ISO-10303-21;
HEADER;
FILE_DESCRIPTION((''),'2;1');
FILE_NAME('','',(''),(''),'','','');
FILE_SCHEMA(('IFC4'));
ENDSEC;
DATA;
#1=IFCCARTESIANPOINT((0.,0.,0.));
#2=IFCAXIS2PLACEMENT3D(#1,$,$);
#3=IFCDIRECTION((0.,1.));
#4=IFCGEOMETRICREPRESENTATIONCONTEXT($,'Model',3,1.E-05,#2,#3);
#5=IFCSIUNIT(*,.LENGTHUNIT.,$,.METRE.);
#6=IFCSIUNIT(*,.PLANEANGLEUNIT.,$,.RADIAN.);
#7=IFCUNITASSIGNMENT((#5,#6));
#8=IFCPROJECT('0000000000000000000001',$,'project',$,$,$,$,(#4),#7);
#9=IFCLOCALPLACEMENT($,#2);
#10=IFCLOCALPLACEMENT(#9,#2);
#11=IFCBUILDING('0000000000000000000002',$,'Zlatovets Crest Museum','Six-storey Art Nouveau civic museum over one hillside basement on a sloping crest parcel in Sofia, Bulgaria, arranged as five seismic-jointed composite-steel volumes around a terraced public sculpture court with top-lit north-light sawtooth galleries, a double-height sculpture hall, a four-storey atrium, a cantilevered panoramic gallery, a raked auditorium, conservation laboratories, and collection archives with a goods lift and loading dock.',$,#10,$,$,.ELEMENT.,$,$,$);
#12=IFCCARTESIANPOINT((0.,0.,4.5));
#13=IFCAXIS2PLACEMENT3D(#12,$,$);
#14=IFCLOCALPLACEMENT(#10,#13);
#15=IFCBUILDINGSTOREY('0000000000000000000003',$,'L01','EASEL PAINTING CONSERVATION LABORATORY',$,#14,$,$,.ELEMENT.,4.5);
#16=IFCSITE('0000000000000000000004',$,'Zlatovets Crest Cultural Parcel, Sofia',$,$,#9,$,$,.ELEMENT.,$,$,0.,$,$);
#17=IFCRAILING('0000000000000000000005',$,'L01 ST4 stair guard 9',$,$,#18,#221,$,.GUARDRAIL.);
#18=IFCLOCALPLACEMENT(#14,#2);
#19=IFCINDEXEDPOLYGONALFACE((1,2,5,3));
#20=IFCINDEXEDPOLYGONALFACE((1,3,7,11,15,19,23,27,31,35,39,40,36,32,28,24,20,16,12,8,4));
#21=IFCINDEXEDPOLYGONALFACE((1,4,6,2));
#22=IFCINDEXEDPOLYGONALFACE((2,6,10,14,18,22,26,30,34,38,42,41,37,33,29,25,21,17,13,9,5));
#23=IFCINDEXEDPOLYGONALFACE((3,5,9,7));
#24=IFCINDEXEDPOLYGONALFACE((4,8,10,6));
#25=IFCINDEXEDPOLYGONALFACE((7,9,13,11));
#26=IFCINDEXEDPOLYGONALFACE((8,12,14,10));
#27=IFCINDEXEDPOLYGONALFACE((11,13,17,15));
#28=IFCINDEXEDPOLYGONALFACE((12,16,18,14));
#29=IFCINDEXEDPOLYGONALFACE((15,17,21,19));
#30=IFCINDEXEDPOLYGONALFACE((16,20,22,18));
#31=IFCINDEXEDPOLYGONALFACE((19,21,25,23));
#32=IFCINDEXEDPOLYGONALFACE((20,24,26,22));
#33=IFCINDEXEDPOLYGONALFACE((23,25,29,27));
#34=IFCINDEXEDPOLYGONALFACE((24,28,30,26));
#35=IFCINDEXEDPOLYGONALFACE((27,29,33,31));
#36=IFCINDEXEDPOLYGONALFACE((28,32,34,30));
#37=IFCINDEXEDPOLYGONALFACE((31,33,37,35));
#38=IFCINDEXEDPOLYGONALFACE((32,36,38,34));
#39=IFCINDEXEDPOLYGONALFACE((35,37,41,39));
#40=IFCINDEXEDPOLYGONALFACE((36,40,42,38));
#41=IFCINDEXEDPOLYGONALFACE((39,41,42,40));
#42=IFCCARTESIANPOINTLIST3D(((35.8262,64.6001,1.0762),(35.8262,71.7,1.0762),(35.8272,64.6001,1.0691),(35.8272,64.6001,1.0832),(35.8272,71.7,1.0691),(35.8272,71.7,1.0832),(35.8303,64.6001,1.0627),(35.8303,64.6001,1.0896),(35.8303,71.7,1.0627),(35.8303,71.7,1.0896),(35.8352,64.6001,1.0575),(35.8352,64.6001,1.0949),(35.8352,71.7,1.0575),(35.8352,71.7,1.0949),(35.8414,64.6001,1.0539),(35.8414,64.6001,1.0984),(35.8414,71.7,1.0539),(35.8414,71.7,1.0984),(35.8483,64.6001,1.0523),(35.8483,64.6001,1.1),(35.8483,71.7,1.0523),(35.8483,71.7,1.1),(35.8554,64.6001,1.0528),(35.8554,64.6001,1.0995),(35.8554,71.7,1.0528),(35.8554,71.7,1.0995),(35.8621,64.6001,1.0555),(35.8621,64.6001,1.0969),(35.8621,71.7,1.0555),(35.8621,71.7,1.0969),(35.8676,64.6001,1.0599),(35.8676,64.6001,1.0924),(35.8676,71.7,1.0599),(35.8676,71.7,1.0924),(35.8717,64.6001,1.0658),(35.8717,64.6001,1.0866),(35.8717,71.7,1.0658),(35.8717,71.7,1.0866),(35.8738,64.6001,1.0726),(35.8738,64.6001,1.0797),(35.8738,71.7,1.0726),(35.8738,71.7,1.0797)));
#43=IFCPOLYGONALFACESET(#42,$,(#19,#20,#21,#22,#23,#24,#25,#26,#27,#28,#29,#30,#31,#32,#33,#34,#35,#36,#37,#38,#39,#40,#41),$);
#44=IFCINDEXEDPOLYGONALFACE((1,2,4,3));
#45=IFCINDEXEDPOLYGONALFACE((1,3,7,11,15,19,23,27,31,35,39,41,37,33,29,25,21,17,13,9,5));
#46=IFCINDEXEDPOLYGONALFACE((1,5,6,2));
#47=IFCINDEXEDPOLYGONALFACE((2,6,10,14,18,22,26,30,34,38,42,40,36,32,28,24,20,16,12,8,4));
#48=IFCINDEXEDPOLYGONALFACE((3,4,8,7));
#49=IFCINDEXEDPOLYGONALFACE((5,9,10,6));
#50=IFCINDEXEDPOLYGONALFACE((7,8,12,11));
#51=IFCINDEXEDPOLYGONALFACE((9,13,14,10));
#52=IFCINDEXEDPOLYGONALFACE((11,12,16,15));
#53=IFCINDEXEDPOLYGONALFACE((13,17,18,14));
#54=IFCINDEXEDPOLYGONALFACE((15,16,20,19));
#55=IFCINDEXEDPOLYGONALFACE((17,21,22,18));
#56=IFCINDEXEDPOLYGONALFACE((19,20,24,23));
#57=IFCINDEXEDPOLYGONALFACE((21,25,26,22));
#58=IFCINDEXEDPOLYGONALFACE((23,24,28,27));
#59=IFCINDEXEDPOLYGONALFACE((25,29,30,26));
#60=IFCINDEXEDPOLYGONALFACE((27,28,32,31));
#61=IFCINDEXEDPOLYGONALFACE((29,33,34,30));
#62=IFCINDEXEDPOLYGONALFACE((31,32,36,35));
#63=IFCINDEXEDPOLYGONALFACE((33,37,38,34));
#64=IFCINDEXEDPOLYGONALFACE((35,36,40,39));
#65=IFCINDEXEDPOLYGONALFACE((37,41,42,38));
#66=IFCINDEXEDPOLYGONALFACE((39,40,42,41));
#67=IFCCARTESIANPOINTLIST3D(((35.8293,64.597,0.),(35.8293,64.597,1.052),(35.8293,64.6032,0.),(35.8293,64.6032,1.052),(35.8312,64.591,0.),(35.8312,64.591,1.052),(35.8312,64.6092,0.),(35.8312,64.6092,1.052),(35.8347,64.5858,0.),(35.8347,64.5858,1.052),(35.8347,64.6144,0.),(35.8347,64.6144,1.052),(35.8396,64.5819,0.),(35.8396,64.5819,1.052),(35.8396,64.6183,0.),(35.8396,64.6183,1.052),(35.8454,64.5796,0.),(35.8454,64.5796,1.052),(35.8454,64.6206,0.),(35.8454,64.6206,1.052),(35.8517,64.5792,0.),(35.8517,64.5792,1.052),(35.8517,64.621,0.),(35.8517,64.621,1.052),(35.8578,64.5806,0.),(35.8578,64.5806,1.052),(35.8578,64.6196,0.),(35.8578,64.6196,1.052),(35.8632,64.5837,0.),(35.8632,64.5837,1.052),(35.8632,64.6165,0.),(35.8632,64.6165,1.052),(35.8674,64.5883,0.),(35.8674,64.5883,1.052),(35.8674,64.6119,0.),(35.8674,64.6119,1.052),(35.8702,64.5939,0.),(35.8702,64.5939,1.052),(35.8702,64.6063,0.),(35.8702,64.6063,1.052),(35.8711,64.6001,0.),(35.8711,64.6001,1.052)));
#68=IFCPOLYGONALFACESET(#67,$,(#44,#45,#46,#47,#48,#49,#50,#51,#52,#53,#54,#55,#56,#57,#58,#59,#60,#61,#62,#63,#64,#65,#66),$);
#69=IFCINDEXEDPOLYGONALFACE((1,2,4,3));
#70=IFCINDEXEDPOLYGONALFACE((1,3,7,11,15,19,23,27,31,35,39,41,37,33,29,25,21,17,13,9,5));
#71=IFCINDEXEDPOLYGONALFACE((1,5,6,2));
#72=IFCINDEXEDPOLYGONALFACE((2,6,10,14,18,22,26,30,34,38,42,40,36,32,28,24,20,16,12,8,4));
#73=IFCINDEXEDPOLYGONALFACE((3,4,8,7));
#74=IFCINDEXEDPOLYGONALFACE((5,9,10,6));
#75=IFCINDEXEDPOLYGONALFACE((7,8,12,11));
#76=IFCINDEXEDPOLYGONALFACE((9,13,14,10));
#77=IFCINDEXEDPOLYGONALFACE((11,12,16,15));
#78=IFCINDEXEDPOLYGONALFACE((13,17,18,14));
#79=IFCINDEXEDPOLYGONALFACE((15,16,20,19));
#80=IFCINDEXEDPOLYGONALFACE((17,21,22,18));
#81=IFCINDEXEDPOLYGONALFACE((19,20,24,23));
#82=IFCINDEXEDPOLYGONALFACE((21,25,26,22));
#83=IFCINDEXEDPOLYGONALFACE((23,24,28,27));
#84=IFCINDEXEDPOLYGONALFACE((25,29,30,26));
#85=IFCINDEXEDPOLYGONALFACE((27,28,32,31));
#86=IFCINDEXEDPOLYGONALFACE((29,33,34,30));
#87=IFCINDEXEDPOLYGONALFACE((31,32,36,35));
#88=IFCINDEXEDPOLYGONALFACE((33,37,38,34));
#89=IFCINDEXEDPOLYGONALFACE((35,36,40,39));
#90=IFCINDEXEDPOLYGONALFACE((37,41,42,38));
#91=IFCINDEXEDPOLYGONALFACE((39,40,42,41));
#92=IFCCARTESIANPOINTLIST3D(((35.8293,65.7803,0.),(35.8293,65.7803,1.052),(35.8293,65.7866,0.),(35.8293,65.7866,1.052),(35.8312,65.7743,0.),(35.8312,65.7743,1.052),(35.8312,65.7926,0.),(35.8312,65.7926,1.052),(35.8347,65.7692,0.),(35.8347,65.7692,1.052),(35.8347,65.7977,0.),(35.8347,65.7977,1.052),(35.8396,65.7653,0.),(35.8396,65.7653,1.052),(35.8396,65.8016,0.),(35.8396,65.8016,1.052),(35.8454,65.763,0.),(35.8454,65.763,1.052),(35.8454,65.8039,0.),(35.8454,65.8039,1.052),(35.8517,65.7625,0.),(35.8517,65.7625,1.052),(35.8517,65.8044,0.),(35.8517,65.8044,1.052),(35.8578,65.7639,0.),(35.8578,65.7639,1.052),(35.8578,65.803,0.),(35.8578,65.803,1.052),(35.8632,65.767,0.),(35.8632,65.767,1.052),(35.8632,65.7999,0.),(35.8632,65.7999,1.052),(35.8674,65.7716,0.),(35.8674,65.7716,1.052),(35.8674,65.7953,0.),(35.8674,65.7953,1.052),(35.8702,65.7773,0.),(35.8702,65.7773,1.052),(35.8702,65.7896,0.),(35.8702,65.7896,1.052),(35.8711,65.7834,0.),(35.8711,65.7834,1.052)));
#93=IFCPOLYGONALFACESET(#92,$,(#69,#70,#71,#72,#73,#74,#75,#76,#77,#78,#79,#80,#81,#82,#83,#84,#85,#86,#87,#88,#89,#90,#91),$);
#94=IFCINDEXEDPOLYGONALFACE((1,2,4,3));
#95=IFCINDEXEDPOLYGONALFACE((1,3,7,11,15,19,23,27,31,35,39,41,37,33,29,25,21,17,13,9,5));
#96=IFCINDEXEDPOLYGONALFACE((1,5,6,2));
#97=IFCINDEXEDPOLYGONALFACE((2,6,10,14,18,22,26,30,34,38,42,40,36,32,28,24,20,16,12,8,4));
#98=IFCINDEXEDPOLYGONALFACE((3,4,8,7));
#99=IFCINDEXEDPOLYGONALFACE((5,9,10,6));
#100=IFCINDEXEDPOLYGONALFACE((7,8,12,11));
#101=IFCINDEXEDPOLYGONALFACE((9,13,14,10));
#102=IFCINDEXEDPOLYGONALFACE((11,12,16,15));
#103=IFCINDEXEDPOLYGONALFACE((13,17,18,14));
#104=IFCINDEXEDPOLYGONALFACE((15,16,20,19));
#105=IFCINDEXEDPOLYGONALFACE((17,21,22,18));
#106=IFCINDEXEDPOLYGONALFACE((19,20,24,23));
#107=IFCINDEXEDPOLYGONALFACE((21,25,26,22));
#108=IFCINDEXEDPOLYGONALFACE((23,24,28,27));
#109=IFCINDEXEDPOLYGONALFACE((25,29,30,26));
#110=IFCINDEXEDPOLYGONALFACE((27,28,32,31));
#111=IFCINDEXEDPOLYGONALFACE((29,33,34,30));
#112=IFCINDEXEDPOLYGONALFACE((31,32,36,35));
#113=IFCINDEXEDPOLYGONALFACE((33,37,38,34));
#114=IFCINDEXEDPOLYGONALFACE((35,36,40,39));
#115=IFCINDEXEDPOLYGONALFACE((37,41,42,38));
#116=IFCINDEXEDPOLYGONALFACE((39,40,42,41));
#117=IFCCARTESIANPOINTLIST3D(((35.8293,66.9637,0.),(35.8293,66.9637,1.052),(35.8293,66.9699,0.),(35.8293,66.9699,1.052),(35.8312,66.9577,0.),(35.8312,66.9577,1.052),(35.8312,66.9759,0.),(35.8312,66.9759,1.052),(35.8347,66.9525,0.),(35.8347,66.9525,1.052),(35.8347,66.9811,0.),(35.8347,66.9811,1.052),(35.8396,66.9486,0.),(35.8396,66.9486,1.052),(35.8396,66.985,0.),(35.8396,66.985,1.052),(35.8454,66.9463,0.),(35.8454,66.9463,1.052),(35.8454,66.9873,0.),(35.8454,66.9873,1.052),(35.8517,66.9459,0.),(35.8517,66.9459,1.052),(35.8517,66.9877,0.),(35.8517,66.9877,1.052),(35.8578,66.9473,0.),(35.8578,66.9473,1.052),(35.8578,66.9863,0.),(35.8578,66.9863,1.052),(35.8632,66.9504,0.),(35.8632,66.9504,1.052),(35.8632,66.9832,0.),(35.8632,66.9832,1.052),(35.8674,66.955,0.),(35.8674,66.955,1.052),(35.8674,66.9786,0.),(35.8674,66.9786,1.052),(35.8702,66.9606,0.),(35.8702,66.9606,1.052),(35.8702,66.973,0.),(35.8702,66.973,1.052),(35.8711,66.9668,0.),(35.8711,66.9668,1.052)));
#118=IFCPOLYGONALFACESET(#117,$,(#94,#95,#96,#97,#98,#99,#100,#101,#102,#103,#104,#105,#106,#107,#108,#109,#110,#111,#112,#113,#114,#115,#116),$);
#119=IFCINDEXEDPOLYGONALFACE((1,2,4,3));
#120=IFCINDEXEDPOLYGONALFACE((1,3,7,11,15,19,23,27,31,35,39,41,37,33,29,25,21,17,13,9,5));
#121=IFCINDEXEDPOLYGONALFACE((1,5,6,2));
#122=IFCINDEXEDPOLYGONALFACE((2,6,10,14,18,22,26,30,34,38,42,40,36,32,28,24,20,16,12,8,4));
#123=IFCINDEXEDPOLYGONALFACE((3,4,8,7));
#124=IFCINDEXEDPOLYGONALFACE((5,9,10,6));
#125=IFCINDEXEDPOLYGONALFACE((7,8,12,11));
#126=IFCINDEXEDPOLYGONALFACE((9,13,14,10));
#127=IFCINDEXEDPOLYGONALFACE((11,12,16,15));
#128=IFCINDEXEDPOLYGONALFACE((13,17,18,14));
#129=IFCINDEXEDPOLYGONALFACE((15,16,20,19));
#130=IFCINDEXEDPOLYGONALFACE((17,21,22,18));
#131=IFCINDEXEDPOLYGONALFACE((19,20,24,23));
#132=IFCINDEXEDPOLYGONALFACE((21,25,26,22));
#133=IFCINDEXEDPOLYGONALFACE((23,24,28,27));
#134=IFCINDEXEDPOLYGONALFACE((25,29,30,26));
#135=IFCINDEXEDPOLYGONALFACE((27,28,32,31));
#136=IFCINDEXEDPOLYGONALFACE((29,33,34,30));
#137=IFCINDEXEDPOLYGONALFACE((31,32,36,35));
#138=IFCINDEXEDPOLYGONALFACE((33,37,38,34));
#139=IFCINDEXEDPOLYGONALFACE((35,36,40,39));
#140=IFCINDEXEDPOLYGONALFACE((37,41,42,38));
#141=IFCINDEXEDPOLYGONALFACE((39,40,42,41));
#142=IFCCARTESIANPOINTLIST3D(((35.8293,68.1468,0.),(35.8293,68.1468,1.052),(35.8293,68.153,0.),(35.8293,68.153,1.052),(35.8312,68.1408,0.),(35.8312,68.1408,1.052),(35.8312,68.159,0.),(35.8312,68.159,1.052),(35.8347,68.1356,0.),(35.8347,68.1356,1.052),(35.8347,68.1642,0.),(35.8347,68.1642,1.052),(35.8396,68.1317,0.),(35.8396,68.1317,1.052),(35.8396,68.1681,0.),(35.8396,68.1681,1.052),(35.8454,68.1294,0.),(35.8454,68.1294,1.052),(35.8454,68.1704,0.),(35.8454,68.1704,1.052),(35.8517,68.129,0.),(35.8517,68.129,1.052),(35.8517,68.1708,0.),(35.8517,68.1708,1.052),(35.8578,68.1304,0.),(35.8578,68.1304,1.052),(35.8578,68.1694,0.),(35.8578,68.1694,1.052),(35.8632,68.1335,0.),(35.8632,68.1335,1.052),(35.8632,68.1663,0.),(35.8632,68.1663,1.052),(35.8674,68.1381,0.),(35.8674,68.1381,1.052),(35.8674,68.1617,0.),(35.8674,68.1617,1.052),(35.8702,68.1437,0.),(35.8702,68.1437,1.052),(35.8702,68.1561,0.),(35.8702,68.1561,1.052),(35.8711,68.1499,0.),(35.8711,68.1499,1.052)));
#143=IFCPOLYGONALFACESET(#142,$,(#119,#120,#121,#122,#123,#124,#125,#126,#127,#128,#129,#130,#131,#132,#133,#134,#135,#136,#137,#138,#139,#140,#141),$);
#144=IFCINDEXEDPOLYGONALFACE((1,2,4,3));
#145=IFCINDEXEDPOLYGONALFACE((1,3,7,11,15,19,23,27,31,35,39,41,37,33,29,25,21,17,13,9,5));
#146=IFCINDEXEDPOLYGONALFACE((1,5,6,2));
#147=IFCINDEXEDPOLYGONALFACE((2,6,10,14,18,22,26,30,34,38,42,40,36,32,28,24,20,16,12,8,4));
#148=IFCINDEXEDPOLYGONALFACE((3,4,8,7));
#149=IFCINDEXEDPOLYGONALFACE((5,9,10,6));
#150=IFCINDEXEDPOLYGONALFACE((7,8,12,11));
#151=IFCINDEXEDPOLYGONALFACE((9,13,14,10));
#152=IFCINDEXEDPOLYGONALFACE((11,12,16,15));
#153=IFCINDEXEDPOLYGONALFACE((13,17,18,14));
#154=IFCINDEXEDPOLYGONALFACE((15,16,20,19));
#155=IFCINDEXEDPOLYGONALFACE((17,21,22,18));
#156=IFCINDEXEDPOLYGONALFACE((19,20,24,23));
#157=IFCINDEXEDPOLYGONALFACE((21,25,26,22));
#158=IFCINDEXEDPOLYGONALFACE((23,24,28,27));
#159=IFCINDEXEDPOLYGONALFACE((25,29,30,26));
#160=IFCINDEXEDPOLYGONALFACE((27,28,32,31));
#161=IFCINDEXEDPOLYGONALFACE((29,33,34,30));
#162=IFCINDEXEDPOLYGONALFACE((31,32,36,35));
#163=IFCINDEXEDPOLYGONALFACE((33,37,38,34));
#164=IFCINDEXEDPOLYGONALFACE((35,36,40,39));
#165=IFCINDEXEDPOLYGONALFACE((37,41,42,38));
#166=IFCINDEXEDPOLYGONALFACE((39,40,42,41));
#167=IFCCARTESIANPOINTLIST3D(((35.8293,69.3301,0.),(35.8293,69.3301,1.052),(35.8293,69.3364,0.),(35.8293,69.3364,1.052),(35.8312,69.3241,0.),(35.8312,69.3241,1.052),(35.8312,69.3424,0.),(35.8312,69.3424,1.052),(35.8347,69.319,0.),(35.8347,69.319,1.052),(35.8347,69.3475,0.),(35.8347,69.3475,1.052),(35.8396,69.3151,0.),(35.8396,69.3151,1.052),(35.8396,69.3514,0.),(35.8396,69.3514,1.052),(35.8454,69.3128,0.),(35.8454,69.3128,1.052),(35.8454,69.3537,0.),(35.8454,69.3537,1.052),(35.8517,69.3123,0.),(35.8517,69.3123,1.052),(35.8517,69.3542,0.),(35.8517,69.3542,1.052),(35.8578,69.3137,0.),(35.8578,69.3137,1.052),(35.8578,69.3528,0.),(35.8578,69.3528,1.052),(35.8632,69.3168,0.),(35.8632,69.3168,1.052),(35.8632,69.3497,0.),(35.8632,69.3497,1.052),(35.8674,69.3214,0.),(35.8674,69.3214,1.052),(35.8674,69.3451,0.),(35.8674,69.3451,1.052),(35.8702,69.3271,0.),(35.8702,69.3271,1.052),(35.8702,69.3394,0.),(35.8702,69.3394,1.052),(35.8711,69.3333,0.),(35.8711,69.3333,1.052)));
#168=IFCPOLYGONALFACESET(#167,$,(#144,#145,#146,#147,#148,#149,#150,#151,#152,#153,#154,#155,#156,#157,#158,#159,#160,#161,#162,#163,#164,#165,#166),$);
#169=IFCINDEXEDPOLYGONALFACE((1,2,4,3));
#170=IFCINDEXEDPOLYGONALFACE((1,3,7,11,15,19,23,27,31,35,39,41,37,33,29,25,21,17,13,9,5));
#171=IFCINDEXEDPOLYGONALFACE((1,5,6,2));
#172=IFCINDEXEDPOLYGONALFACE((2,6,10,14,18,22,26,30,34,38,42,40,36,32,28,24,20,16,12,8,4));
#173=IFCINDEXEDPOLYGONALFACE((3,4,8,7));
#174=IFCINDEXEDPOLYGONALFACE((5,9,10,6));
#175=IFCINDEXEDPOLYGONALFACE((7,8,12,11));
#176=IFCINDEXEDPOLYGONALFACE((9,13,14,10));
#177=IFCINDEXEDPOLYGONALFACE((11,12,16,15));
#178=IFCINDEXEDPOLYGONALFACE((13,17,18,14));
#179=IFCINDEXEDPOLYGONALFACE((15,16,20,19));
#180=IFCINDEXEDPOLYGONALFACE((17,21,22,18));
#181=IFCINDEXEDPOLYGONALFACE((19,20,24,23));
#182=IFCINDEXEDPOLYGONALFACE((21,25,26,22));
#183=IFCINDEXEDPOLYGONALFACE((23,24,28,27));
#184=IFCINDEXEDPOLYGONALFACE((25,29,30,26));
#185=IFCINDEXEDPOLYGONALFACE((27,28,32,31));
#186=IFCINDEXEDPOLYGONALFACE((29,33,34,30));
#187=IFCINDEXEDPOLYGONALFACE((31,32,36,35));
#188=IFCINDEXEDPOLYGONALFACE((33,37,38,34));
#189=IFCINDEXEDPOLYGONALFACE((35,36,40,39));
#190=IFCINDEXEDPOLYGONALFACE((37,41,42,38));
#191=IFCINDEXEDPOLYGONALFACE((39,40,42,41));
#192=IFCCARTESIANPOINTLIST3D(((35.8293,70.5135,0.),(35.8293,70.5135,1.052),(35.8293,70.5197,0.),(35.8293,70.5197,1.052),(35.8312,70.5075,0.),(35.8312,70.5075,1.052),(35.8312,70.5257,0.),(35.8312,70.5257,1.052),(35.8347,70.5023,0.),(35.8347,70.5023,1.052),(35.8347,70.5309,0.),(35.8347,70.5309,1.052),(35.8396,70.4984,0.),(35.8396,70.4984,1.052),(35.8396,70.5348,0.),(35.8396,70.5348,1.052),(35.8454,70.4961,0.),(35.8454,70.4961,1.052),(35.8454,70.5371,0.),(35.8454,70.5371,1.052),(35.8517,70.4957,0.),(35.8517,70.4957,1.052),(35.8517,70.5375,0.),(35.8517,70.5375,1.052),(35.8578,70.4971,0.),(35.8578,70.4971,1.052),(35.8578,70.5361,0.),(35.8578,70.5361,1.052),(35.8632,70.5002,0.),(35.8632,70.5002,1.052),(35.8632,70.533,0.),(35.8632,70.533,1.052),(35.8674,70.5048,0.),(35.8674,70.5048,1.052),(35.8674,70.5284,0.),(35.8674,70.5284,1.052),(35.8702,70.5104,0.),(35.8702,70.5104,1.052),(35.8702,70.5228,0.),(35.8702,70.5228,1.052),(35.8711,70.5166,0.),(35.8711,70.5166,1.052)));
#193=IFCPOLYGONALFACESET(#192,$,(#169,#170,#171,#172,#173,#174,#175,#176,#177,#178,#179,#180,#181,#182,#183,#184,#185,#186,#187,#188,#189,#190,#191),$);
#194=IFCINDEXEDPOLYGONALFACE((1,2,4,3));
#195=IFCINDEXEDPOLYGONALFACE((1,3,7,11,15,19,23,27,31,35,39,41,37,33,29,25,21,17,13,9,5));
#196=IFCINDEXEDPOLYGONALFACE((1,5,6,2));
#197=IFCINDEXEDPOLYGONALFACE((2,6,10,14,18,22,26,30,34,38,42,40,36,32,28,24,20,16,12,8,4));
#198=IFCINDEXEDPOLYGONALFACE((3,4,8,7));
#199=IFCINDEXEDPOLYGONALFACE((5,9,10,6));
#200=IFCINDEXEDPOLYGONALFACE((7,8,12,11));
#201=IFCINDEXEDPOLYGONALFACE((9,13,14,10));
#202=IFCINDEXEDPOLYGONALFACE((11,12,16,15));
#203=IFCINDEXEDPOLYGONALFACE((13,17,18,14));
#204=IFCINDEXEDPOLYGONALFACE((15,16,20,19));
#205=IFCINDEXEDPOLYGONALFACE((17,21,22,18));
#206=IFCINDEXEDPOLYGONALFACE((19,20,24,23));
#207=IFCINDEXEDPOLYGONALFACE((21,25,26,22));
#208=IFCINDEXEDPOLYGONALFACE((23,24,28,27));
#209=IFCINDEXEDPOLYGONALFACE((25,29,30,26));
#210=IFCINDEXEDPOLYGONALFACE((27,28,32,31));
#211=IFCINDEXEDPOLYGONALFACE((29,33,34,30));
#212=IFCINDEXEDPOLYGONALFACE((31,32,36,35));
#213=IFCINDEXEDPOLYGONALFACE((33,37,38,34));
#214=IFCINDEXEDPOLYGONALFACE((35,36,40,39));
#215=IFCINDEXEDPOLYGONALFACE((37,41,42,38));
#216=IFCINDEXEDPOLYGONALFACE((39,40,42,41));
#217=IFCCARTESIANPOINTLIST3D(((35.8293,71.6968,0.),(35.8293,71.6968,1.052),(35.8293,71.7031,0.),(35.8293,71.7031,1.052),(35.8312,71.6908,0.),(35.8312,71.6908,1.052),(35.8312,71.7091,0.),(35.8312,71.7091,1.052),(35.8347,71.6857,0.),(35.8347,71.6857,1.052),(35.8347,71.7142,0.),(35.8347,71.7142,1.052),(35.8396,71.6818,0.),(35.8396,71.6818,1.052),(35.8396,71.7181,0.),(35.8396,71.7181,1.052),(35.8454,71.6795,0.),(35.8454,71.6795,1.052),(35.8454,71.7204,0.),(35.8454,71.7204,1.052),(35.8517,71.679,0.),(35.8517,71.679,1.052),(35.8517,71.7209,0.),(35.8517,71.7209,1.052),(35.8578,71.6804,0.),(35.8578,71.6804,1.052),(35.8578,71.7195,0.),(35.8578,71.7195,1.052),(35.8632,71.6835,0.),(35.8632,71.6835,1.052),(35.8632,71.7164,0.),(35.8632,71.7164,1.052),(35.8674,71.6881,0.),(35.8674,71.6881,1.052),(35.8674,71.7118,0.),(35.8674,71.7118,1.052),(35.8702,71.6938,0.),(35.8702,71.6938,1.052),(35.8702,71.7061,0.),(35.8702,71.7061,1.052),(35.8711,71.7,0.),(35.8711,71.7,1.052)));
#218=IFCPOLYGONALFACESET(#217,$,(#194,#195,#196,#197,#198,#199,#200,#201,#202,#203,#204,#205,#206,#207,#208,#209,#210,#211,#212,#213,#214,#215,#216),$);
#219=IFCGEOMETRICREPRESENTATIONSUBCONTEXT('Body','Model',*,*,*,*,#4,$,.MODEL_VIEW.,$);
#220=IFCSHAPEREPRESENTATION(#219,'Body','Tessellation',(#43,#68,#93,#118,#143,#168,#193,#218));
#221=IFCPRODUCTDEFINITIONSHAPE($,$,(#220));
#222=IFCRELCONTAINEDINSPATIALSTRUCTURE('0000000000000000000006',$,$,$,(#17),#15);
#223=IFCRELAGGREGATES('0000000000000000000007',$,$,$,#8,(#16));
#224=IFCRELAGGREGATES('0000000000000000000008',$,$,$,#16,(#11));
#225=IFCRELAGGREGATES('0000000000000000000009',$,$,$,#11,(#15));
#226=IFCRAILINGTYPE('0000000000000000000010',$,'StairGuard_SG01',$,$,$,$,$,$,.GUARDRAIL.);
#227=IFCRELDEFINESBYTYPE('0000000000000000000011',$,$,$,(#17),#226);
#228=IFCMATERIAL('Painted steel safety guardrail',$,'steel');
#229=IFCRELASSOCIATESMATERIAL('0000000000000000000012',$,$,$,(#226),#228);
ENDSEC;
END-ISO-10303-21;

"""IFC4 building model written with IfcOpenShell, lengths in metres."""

from ifc_helpers import new_model, si_unit, direction, frame, origin, origin_2d, place, context, subcontext, project, spatial, circle, extrude, material, type_object, element, save


model = new_model("IFC4")

# Units and contexts
model_context = context("Model", 3, precision=1e-05, world=origin(), true_north=direction((0.0, 1.0)))
body_context = subcontext(model_context, "Body", "Model", "MODEL_VIEW")
ifc_project = project(units=[si_unit("LENGTHUNIT", "METRE"), si_unit("PLANEANGLEUNIT", "RADIAN")], contexts=[model_context])

# Site, building, storey
site_placement = place(None, origin())
site = spatial("IfcSite", under=ifc_project, at=site_placement, Name="Zlatovets Crest Cultural Parcel, Sofia", CompositionType="ELEMENT", RefElevation=0.0)
building_placement = place(site_placement, origin())
building = spatial("IfcBuilding", under=site, at=building_placement, Name="Zlatovets Crest Museum", Description="Six-storey Art Nouveau civic museum over one hillside basement on a sloping crest parcel in Sofia, Bulgaria, arranged as five seismic-jointed composite-steel volumes around a terraced public sculpture court with top-lit north-light sawtooth galleries, a double-height sculpture hall, a four-storey atrium, a cantilevered panoramic gallery, a raked auditorium, conservation laboratories, and collection archives with a goods lift and loading dock.", CompositionType="ELEMENT")
storey_placement = place(building_placement, frame((0.0, 0.0, 4.5)))
storey = spatial("IfcBuildingStorey", under=building, at=storey_placement, Name="L01", Description="EASEL PAINTING CONSERVATION LABORATORY", CompositionType="ELEMENT", Elevation=4.5)

# Railing
ifc_material_1 = material(Name="Painted steel safety guardrail", Category="steel")
railing_type_1 = type_object("IfcRailingType", Name="StairGuard_SG01", PredefinedType="GUARDRAIL", material=ifc_material_1)
railing_1_placement = place(storey_placement, frame((35.8501, 64.6001, 0.0)))
element("IfcRailing", 1, at=railing_1_placement, inside=storey, type_object=railing_type_1, Name="L01 ST4 stair guard 9", PredefinedType="GUARDRAIL", context=body_context, shape_type="SweptSolid", body=[
    extrude(circle(Radius=0.0239, at=origin_2d()), frame((0.0, 0.0, 1.0762), z_axis=(0.0, 1.0, 0.0), x_axis=(-1.0, 0.0, 0.0)), (0.0, 0.0, 1.0), 7.0999),
    extrude(circle(Radius=0.021, at=origin_2d()), origin(), (0.0, 0.0, 1.0), 1.052),
    extrude(circle(Radius=0.021, at=origin_2d()), frame((0.0, 1.1833, 0.0)), (0.0, 0.0, 1.0), 1.052),
    extrude(circle(Radius=0.021, at=origin_2d()), frame((0.0, 2.3667, 0.0)), (0.0, 0.0, 1.0), 1.052),
    extrude(circle(Radius=0.021, at=origin_2d()), frame((0.0, 3.5498, 0.0)), (0.0, 0.0, 1.0), 1.052),
    extrude(circle(Radius=0.021, at=origin_2d()), frame((0.0, 4.7332, 0.0)), (0.0, 0.0, 1.0), 1.052),
    extrude(circle(Radius=0.021, at=origin_2d()), frame((0.0, 5.9165, 0.0)), (0.0, 0.0, 1.0), 1.052),
    extrude(circle(Radius=0.021, at=origin_2d()), frame((0.0, 7.0999, 0.0)), (0.0, 0.0, 1.0), 1.052),
])

save(model, "model.ifc")
